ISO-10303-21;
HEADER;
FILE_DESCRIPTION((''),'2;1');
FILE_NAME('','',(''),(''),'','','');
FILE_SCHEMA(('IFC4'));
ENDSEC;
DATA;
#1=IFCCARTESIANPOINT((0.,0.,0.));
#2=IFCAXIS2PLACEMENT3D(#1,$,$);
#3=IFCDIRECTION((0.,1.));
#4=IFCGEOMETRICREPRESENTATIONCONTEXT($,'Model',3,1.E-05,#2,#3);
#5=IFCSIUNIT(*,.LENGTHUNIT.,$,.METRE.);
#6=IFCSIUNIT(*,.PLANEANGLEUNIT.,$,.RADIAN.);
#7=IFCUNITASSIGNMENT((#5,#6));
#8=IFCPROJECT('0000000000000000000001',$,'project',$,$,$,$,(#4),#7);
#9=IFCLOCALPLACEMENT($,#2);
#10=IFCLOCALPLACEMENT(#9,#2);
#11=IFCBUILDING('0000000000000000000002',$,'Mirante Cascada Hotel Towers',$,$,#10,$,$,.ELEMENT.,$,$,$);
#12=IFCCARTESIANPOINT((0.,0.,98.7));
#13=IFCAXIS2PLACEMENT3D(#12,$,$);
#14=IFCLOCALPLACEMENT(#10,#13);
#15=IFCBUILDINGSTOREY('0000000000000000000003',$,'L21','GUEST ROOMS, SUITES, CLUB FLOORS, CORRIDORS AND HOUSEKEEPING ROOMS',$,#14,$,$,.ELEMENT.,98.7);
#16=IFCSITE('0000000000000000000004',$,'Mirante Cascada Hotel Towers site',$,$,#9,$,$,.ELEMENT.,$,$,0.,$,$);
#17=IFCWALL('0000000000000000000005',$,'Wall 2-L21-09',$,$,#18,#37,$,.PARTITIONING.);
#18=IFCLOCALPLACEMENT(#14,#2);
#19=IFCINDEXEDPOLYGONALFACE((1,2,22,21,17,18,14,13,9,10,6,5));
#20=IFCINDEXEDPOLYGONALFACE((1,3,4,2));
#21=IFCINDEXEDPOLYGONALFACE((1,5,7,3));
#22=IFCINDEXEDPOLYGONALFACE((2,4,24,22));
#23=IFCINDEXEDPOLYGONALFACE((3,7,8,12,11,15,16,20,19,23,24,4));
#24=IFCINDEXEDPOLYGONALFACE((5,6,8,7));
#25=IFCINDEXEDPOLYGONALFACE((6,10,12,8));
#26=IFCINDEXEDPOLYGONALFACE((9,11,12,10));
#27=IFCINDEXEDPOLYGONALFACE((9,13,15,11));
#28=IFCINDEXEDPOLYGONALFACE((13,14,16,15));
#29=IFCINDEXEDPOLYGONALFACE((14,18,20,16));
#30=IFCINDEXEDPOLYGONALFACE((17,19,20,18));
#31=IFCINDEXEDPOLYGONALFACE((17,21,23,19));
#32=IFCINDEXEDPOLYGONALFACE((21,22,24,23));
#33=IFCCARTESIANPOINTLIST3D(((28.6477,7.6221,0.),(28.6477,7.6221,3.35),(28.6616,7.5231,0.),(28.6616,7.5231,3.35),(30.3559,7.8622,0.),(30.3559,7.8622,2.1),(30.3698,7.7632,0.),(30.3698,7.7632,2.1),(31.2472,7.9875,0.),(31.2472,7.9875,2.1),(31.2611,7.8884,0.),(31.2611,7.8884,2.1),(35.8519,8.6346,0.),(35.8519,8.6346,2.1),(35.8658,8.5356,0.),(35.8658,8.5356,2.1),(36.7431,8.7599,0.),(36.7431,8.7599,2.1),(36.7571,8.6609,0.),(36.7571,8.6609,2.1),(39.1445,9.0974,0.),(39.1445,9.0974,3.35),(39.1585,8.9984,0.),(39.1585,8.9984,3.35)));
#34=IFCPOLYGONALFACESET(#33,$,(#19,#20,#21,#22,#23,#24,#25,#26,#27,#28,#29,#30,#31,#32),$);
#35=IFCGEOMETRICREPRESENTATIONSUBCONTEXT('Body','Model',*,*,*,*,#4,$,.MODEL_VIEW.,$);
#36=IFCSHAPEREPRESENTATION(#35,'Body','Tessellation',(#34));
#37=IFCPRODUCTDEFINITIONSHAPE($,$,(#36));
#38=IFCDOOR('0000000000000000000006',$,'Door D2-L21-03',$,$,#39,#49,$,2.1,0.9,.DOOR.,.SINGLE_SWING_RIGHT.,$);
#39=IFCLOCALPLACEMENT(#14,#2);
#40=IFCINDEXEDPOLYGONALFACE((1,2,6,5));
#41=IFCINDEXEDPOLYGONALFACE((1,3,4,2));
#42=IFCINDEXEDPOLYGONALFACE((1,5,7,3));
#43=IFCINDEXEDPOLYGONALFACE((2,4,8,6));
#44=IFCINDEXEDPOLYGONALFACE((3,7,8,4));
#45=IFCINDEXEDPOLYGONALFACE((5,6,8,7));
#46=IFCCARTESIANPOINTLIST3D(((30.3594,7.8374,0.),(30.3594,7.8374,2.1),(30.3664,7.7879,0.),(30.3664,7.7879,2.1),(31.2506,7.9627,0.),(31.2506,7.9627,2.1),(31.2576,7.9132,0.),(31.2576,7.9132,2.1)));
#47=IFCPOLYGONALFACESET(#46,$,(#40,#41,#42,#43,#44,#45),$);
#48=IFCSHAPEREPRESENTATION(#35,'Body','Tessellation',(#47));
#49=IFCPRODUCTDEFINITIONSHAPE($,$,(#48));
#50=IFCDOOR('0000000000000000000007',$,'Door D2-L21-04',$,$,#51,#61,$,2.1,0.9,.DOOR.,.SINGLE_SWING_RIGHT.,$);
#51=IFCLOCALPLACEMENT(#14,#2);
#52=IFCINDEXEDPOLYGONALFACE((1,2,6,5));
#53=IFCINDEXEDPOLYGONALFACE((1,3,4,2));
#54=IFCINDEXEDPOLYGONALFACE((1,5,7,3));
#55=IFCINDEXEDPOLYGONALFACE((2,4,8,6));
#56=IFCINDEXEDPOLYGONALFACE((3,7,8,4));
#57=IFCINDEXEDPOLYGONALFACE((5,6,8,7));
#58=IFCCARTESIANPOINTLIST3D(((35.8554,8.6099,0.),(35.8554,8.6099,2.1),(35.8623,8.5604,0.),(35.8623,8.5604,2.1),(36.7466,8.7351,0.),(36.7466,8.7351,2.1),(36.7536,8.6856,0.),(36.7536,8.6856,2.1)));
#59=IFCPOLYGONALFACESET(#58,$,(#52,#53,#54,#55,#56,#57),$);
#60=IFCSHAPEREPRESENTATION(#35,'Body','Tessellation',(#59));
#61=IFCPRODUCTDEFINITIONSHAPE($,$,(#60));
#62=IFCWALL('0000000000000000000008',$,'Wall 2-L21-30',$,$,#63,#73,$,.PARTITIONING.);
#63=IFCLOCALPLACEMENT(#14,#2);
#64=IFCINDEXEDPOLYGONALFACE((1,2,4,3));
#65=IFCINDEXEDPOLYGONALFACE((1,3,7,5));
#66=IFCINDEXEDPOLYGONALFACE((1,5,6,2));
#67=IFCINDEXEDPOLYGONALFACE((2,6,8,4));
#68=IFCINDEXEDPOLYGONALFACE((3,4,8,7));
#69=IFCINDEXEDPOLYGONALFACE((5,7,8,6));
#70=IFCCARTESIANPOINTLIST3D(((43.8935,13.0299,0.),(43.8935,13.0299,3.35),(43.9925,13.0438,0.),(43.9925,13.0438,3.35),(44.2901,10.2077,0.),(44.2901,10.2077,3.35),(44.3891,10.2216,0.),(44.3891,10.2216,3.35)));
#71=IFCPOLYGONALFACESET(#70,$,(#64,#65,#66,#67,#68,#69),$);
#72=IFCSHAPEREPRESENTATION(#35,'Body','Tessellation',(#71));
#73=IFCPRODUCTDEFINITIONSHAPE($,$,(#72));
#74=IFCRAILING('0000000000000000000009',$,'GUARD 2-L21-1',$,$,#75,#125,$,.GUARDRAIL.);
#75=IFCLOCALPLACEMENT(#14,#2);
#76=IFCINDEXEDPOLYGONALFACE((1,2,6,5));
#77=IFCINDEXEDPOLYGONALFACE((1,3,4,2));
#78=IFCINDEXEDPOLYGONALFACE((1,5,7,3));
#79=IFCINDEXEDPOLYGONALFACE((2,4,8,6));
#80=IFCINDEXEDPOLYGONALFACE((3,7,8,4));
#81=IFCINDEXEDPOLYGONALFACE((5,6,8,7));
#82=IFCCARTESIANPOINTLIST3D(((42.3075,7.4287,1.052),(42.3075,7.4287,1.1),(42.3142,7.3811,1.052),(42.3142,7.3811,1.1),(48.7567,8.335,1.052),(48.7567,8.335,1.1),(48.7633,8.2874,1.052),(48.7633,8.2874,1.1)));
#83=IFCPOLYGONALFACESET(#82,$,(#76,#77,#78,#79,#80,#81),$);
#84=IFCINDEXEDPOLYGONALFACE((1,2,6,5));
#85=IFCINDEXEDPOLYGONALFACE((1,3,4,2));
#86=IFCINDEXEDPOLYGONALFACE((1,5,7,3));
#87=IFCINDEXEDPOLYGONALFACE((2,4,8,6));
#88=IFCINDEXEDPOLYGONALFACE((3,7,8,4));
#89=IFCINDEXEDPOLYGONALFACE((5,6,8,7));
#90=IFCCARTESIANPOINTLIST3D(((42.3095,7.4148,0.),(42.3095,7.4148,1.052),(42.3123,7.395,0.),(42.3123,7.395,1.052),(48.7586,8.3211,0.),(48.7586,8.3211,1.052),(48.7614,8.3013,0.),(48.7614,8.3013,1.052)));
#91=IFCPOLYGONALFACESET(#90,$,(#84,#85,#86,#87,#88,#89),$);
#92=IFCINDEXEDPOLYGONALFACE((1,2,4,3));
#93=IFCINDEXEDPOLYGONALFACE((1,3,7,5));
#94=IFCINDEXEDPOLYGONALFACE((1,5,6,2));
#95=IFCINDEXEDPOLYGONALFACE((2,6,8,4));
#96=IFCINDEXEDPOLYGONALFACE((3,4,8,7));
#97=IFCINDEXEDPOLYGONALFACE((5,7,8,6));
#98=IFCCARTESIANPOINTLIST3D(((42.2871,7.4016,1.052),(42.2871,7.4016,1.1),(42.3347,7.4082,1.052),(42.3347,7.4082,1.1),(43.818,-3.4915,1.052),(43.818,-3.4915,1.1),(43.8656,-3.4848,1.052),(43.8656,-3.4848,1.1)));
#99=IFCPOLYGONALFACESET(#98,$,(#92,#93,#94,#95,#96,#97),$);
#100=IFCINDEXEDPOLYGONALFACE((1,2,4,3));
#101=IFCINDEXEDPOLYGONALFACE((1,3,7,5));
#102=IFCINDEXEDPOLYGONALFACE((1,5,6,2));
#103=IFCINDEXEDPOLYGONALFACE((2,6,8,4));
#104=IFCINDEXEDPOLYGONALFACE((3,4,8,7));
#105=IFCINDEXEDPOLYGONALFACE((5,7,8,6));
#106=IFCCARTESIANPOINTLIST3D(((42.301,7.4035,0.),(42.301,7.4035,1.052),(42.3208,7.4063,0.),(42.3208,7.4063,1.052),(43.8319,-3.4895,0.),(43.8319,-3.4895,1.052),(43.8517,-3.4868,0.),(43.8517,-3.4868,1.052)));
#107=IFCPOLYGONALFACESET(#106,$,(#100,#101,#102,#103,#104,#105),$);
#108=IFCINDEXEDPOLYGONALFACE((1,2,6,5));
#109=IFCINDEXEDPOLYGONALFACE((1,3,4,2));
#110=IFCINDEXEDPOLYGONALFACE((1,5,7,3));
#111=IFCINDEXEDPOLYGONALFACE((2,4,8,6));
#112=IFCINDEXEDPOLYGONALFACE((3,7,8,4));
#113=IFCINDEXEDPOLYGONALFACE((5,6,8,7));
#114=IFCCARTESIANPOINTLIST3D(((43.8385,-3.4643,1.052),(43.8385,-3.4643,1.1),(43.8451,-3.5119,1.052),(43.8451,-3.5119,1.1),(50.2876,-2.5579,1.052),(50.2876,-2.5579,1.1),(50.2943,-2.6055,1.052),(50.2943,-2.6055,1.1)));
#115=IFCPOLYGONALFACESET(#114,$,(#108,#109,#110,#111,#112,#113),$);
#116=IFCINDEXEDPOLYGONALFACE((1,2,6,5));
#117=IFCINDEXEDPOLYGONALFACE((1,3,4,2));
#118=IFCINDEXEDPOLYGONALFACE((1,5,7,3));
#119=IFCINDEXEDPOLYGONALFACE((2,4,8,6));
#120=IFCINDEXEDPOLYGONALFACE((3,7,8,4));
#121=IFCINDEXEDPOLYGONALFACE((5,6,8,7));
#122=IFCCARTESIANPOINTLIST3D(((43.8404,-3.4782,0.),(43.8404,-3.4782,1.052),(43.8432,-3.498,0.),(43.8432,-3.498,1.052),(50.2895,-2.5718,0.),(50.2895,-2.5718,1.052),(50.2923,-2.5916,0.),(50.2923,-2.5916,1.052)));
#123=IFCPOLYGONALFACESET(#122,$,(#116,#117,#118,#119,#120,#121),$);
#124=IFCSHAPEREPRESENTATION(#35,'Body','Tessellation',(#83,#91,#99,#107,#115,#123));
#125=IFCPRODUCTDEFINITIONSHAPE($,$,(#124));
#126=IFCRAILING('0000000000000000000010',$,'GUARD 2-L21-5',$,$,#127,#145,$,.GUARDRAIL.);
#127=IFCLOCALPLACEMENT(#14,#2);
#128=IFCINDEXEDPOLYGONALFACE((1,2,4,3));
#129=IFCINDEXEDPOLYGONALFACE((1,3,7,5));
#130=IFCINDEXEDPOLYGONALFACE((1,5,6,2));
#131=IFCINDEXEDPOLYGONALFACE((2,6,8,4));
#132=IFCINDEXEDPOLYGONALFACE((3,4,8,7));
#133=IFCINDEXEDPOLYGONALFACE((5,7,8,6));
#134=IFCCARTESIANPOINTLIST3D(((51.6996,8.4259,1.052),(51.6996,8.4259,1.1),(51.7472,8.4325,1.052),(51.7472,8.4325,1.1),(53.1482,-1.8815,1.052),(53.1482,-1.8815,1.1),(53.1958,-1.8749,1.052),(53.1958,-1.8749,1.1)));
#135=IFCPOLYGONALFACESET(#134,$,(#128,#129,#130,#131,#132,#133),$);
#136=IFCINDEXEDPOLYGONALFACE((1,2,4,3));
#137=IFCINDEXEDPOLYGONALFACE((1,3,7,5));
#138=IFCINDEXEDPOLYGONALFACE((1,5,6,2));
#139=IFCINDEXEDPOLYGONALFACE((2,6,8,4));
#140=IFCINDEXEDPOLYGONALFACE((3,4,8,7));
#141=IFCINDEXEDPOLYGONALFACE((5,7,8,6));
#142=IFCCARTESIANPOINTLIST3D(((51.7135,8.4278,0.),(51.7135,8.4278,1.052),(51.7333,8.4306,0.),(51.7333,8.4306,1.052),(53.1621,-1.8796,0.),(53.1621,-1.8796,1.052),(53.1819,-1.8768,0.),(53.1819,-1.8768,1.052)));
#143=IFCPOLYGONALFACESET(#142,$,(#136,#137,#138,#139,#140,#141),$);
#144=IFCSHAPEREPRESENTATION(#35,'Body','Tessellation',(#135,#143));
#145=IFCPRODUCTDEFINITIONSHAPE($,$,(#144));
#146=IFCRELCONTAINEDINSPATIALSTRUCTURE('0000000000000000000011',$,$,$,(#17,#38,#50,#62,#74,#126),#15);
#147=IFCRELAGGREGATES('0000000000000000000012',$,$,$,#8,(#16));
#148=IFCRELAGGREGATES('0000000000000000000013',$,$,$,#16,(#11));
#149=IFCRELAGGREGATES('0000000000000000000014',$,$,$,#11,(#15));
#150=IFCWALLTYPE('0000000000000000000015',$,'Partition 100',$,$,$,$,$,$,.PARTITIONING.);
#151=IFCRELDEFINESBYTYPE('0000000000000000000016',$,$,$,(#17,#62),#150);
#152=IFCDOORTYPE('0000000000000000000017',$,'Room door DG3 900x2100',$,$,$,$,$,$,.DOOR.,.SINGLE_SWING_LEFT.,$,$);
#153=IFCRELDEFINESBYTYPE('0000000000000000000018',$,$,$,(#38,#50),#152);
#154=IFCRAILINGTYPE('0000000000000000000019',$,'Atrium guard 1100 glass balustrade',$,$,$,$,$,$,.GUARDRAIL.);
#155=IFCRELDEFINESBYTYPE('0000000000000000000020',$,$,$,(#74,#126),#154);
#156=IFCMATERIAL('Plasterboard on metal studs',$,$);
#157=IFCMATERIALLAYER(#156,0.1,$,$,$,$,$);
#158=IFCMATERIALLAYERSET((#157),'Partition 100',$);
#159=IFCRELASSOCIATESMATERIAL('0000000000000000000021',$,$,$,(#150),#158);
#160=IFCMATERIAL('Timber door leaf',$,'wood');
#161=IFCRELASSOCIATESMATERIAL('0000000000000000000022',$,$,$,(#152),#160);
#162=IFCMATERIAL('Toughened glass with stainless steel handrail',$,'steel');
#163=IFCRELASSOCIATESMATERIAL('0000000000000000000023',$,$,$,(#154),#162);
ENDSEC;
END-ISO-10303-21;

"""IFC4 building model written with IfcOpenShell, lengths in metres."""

from ifc_helpers import new_model, si_unit, direction, frame, frame_2d, origin, origin_2d, place, context, subcontext, project, spatial, rectangle, extrude, material, layer, layer_set, type_object, element, fill, save


model = new_model("IFC4")

# Units and contexts
model_context = context("Model", 3, precision=1e-05, world=origin(), true_north=direction((0.0, 1.0)))
body_context = subcontext(model_context, "Body", "Model", "MODEL_VIEW")
ifc_project = project(units=[si_unit("LENGTHUNIT", "METRE"), si_unit("PLANEANGLEUNIT", "RADIAN")], contexts=[model_context])

# Site, building, storey
site_placement = place(None, origin())
site = spatial("IfcSite", under=ifc_project, at=site_placement, Name="Mirante Cascada Hotel Towers site", CompositionType="ELEMENT", RefElevation=0.0)
building_placement = place(site_placement, origin())
building = spatial("IfcBuilding", under=site, at=building_placement, Name="Mirante Cascada Hotel Towers", CompositionType="ELEMENT")
storey_placement = place(building_placement, frame((0.0, 0.0, 98.7)))
storey = spatial("IfcBuildingStorey", under=building, at=storey_placement, Name="L21", Description="GUEST ROOMS, SUITES, CLUB FLOORS, CORRIDORS AND HOUSEKEEPING ROOMS", CompositionType="ELEMENT", Elevation=98.7)

# Wall, openings, doors
ifc_material_1 = material(Name="Plasterboard on metal studs")
ifc_layer_1 = layer(ifc_material_1, 0.1)
ifc_layer_set_1 = layer_set([ifc_layer_1], Name="Partition 100")
wall_type_1 = type_object("IfcWallType", Name="Partition 100", PredefinedType="PARTITIONING", material=ifc_layer_set_1)
wall_1_placement = place(storey_placement, frame((39.1515, 9.0479, 0.0), z_axis=(0.0, 0.0, 1.0), x_axis=(-0.990267, -0.13918, 0.0)))
wall_1 = element("IfcWall", 1, at=wall_1_placement, inside=storey, type_object=wall_type_1, Name="Wall 2-L21-09", PredefinedType="PARTITIONING", context=body_context, shape_type="SweptSolid", body=[
    extrude(rectangle(XDim=10.6, YDim=0.1, at=frame_2d((5.3, 0.0))), origin(), (0.0, 0.0, 1.0), 3.35),
])
opening_1_placement = place(wall_1_placement, frame((7.975, 0.0, 0.0)))
opening_1 = element("IfcOpeningElement", 2, at=opening_1_placement, cuts=wall_1, PredefinedType="OPENING", context=body_context, shape_type="SweptSolid", body=[
    extrude(rectangle(XDim=0.9, YDim=2.1, at=frame_2d((0.45, 1.05))), frame((0.0, 0.05, 0.0), z_axis=(0.0, -1.0, 0.0), x_axis=(1.0, 0.0, 0.0)), (0.0, 0.0, 1.0), 0.1),
])
opening_2_placement = place(wall_1_placement, frame((2.425, 0.0, 0.0)))
opening_2 = element("IfcOpeningElement", 3, at=opening_2_placement, cuts=wall_1, PredefinedType="OPENING", context=body_context, shape_type="SweptSolid", body=[
    extrude(rectangle(XDim=0.9, YDim=2.1, at=frame_2d((0.45, 1.05))), frame((0.0, 0.05, 0.0), z_axis=(0.0, -1.0, 0.0), x_axis=(1.0, 0.0, 0.0)), (0.0, 0.0, 1.0), 0.1),
])
ifc_material_2 = material(Name="Timber door leaf", Category="wood")
door_type_1 = type_object("IfcDoorType", Name="Room door DG3 900x2100", OperationType="SINGLE_SWING_LEFT", PredefinedType="DOOR", material=ifc_material_2)
door_1_placement = place(opening_1_placement, frame((0.9, 0.0, 0.0), z_axis=(0.0, 0.0, 1.0), x_axis=(-1.0, 0.0, 0.0)))
door_1 = element("IfcDoor", 4, at=door_1_placement, inside=storey, type_object=door_type_1, Name="Door D2-L21-03", OperationType="SINGLE_SWING_RIGHT", OverallHeight=2.1, OverallWidth=0.9, PredefinedType="DOOR", context=body_context, shape_type="SweptSolid", body=[
    extrude(rectangle(XDim=0.9, YDim=2.1, at=frame_2d((0.45, 1.05))), frame((0.0, 0.025, 0.0), z_axis=(0.0, -1.0, 0.0), x_axis=(1.0, 0.0, 0.0)), (0.0, 0.0, 1.0), 0.05),
])
fill(opening_1, door_1)
door_2_placement = place(opening_2_placement, frame((0.9, 0.0, 0.0), z_axis=(0.0, 0.0, 1.0), x_axis=(-1.0, 0.0, 0.0)))
door_2 = element("IfcDoor", 5, at=door_2_placement, inside=storey, type_object=door_type_1, Name="Door D2-L21-04", OperationType="SINGLE_SWING_RIGHT", OverallHeight=2.1, OverallWidth=0.9, PredefinedType="DOOR", context=body_context, shape_type="SweptSolid", body=[
    extrude(rectangle(XDim=0.9, YDim=2.1, at=frame_2d((0.45, 1.05))), frame((0.0, 0.025, 0.0), z_axis=(0.0, -1.0, 0.0), x_axis=(1.0, 0.0, 0.0)), (0.0, 0.0, 1.0), 0.05),
])
fill(opening_2, door_2)

# Wall
wall_2_placement = place(storey_placement, frame((44.3396, 10.2146, 0.0), z_axis=(0.0, 0.0, 1.0), x_axis=(-0.139161, 0.99027, 0.0)))
element("IfcWall", 6, at=wall_2_placement, inside=storey, type_object=wall_type_1, Name="Wall 2-L21-30", PredefinedType="PARTITIONING", context=body_context, shape_type="SweptSolid", body=[
    extrude(rectangle(XDim=2.8499, YDim=0.1, at=frame_2d((1.425, 0.0))), origin(), (0.0, 0.0, 1.0), 3.35),
])

# Railings
ifc_material_3 = material(Name="Toughened glass with stainless steel handrail", Category="steel")
railing_type = type_object("IfcRailingType", Name="Atrium guard 1100 glass balustrade", PredefinedType="GUARDRAIL", material=ifc_material_3)
railing_1_placement = place(storey_placement, frame((48.76, 8.3112, 0.0)))
element("IfcRailing", 7, at=railing_1_placement, inside=storey, type_object=railing_type, Name="GUARD 2-L21-1", PredefinedType="GUARDRAIL", context=body_context, shape_type="SweptSolid", body=[
    extrude(rectangle(XDim=0.048, YDim=0.048, at=origin_2d()), frame((0.0, 0.0, 1.076), z_axis=(-0.990269, -0.139164, 0.0), x_axis=(0.139164, -0.990269, 0.0)), (0.0, 0.0, 1.0), 6.5125),
    extrude(rectangle(XDim=0.02, YDim=1.052, at=origin_2d()), frame((0.0, 0.0, 0.526), z_axis=(-0.990269, -0.139164, 0.0), x_axis=(0.139164, -0.990269, 0.0)), (0.0, 0.0, 1.0), 6.5125),
    extrude(rectangle(XDim=0.048, YDim=0.048, at=origin_2d()), frame((-6.4491, -0.9063, 1.076), z_axis=(0.139172, -0.990268, 0.0), x_axis=(0.990268, 0.139172, 0.0)), (0.0, 0.0, 1.0), 11.0001),
    extrude(rectangle(XDim=0.02, YDim=1.052, at=origin_2d()), frame((-6.4491, -0.9063, 0.526), z_axis=(0.139172, -0.990268, 0.0), x_axis=(0.990268, 0.139172, 0.0)), (0.0, 0.0, 1.0), 11.0001),
    extrude(rectangle(XDim=0.048, YDim=0.048, at=origin_2d()), frame((-4.9182, -11.7993, 1.076), z_axis=(0.990267, 0.139179, 0.0), x_axis=(-0.139179, 0.990267, 0.0)), (0.0, 0.0, 1.0), 6.5125),
    extrude(rectangle(XDim=0.02, YDim=1.052, at=origin_2d()), frame((-4.9182, -11.7993, 0.526), z_axis=(0.990267, 0.139179, 0.0), x_axis=(-0.139179, 0.990267, 0.0)), (0.0, 0.0, 1.0), 6.5125),
])
railing_2_placement = place(storey_placement, frame((51.7234, 8.4292, 0.0)))
element("IfcRailing", 8, at=railing_2_placement, inside=storey, type_object=railing_type, Name="GUARD 2-L21-5", PredefinedType="GUARDRAIL", context=body_context, shape_type="SweptSolid", body=[
    extrude(rectangle(XDim=0.048, YDim=0.048, at=origin_2d()), frame((0.0, 0.0, 1.076), z_axis=(0.139172, -0.990268, 0.0), x_axis=(0.990268, 0.139172, 0.0)), (0.0, 0.0, 1.0), 10.4087),
    extrude(rectangle(XDim=0.02, YDim=1.052, at=origin_2d()), frame((0.0, 0.0, 0.526), z_axis=(0.139172, -0.990268, 0.0), x_axis=(0.990268, 0.139172, 0.0)), (0.0, 0.0, 1.0), 10.4087),
])

save(model, "model.ifc")
